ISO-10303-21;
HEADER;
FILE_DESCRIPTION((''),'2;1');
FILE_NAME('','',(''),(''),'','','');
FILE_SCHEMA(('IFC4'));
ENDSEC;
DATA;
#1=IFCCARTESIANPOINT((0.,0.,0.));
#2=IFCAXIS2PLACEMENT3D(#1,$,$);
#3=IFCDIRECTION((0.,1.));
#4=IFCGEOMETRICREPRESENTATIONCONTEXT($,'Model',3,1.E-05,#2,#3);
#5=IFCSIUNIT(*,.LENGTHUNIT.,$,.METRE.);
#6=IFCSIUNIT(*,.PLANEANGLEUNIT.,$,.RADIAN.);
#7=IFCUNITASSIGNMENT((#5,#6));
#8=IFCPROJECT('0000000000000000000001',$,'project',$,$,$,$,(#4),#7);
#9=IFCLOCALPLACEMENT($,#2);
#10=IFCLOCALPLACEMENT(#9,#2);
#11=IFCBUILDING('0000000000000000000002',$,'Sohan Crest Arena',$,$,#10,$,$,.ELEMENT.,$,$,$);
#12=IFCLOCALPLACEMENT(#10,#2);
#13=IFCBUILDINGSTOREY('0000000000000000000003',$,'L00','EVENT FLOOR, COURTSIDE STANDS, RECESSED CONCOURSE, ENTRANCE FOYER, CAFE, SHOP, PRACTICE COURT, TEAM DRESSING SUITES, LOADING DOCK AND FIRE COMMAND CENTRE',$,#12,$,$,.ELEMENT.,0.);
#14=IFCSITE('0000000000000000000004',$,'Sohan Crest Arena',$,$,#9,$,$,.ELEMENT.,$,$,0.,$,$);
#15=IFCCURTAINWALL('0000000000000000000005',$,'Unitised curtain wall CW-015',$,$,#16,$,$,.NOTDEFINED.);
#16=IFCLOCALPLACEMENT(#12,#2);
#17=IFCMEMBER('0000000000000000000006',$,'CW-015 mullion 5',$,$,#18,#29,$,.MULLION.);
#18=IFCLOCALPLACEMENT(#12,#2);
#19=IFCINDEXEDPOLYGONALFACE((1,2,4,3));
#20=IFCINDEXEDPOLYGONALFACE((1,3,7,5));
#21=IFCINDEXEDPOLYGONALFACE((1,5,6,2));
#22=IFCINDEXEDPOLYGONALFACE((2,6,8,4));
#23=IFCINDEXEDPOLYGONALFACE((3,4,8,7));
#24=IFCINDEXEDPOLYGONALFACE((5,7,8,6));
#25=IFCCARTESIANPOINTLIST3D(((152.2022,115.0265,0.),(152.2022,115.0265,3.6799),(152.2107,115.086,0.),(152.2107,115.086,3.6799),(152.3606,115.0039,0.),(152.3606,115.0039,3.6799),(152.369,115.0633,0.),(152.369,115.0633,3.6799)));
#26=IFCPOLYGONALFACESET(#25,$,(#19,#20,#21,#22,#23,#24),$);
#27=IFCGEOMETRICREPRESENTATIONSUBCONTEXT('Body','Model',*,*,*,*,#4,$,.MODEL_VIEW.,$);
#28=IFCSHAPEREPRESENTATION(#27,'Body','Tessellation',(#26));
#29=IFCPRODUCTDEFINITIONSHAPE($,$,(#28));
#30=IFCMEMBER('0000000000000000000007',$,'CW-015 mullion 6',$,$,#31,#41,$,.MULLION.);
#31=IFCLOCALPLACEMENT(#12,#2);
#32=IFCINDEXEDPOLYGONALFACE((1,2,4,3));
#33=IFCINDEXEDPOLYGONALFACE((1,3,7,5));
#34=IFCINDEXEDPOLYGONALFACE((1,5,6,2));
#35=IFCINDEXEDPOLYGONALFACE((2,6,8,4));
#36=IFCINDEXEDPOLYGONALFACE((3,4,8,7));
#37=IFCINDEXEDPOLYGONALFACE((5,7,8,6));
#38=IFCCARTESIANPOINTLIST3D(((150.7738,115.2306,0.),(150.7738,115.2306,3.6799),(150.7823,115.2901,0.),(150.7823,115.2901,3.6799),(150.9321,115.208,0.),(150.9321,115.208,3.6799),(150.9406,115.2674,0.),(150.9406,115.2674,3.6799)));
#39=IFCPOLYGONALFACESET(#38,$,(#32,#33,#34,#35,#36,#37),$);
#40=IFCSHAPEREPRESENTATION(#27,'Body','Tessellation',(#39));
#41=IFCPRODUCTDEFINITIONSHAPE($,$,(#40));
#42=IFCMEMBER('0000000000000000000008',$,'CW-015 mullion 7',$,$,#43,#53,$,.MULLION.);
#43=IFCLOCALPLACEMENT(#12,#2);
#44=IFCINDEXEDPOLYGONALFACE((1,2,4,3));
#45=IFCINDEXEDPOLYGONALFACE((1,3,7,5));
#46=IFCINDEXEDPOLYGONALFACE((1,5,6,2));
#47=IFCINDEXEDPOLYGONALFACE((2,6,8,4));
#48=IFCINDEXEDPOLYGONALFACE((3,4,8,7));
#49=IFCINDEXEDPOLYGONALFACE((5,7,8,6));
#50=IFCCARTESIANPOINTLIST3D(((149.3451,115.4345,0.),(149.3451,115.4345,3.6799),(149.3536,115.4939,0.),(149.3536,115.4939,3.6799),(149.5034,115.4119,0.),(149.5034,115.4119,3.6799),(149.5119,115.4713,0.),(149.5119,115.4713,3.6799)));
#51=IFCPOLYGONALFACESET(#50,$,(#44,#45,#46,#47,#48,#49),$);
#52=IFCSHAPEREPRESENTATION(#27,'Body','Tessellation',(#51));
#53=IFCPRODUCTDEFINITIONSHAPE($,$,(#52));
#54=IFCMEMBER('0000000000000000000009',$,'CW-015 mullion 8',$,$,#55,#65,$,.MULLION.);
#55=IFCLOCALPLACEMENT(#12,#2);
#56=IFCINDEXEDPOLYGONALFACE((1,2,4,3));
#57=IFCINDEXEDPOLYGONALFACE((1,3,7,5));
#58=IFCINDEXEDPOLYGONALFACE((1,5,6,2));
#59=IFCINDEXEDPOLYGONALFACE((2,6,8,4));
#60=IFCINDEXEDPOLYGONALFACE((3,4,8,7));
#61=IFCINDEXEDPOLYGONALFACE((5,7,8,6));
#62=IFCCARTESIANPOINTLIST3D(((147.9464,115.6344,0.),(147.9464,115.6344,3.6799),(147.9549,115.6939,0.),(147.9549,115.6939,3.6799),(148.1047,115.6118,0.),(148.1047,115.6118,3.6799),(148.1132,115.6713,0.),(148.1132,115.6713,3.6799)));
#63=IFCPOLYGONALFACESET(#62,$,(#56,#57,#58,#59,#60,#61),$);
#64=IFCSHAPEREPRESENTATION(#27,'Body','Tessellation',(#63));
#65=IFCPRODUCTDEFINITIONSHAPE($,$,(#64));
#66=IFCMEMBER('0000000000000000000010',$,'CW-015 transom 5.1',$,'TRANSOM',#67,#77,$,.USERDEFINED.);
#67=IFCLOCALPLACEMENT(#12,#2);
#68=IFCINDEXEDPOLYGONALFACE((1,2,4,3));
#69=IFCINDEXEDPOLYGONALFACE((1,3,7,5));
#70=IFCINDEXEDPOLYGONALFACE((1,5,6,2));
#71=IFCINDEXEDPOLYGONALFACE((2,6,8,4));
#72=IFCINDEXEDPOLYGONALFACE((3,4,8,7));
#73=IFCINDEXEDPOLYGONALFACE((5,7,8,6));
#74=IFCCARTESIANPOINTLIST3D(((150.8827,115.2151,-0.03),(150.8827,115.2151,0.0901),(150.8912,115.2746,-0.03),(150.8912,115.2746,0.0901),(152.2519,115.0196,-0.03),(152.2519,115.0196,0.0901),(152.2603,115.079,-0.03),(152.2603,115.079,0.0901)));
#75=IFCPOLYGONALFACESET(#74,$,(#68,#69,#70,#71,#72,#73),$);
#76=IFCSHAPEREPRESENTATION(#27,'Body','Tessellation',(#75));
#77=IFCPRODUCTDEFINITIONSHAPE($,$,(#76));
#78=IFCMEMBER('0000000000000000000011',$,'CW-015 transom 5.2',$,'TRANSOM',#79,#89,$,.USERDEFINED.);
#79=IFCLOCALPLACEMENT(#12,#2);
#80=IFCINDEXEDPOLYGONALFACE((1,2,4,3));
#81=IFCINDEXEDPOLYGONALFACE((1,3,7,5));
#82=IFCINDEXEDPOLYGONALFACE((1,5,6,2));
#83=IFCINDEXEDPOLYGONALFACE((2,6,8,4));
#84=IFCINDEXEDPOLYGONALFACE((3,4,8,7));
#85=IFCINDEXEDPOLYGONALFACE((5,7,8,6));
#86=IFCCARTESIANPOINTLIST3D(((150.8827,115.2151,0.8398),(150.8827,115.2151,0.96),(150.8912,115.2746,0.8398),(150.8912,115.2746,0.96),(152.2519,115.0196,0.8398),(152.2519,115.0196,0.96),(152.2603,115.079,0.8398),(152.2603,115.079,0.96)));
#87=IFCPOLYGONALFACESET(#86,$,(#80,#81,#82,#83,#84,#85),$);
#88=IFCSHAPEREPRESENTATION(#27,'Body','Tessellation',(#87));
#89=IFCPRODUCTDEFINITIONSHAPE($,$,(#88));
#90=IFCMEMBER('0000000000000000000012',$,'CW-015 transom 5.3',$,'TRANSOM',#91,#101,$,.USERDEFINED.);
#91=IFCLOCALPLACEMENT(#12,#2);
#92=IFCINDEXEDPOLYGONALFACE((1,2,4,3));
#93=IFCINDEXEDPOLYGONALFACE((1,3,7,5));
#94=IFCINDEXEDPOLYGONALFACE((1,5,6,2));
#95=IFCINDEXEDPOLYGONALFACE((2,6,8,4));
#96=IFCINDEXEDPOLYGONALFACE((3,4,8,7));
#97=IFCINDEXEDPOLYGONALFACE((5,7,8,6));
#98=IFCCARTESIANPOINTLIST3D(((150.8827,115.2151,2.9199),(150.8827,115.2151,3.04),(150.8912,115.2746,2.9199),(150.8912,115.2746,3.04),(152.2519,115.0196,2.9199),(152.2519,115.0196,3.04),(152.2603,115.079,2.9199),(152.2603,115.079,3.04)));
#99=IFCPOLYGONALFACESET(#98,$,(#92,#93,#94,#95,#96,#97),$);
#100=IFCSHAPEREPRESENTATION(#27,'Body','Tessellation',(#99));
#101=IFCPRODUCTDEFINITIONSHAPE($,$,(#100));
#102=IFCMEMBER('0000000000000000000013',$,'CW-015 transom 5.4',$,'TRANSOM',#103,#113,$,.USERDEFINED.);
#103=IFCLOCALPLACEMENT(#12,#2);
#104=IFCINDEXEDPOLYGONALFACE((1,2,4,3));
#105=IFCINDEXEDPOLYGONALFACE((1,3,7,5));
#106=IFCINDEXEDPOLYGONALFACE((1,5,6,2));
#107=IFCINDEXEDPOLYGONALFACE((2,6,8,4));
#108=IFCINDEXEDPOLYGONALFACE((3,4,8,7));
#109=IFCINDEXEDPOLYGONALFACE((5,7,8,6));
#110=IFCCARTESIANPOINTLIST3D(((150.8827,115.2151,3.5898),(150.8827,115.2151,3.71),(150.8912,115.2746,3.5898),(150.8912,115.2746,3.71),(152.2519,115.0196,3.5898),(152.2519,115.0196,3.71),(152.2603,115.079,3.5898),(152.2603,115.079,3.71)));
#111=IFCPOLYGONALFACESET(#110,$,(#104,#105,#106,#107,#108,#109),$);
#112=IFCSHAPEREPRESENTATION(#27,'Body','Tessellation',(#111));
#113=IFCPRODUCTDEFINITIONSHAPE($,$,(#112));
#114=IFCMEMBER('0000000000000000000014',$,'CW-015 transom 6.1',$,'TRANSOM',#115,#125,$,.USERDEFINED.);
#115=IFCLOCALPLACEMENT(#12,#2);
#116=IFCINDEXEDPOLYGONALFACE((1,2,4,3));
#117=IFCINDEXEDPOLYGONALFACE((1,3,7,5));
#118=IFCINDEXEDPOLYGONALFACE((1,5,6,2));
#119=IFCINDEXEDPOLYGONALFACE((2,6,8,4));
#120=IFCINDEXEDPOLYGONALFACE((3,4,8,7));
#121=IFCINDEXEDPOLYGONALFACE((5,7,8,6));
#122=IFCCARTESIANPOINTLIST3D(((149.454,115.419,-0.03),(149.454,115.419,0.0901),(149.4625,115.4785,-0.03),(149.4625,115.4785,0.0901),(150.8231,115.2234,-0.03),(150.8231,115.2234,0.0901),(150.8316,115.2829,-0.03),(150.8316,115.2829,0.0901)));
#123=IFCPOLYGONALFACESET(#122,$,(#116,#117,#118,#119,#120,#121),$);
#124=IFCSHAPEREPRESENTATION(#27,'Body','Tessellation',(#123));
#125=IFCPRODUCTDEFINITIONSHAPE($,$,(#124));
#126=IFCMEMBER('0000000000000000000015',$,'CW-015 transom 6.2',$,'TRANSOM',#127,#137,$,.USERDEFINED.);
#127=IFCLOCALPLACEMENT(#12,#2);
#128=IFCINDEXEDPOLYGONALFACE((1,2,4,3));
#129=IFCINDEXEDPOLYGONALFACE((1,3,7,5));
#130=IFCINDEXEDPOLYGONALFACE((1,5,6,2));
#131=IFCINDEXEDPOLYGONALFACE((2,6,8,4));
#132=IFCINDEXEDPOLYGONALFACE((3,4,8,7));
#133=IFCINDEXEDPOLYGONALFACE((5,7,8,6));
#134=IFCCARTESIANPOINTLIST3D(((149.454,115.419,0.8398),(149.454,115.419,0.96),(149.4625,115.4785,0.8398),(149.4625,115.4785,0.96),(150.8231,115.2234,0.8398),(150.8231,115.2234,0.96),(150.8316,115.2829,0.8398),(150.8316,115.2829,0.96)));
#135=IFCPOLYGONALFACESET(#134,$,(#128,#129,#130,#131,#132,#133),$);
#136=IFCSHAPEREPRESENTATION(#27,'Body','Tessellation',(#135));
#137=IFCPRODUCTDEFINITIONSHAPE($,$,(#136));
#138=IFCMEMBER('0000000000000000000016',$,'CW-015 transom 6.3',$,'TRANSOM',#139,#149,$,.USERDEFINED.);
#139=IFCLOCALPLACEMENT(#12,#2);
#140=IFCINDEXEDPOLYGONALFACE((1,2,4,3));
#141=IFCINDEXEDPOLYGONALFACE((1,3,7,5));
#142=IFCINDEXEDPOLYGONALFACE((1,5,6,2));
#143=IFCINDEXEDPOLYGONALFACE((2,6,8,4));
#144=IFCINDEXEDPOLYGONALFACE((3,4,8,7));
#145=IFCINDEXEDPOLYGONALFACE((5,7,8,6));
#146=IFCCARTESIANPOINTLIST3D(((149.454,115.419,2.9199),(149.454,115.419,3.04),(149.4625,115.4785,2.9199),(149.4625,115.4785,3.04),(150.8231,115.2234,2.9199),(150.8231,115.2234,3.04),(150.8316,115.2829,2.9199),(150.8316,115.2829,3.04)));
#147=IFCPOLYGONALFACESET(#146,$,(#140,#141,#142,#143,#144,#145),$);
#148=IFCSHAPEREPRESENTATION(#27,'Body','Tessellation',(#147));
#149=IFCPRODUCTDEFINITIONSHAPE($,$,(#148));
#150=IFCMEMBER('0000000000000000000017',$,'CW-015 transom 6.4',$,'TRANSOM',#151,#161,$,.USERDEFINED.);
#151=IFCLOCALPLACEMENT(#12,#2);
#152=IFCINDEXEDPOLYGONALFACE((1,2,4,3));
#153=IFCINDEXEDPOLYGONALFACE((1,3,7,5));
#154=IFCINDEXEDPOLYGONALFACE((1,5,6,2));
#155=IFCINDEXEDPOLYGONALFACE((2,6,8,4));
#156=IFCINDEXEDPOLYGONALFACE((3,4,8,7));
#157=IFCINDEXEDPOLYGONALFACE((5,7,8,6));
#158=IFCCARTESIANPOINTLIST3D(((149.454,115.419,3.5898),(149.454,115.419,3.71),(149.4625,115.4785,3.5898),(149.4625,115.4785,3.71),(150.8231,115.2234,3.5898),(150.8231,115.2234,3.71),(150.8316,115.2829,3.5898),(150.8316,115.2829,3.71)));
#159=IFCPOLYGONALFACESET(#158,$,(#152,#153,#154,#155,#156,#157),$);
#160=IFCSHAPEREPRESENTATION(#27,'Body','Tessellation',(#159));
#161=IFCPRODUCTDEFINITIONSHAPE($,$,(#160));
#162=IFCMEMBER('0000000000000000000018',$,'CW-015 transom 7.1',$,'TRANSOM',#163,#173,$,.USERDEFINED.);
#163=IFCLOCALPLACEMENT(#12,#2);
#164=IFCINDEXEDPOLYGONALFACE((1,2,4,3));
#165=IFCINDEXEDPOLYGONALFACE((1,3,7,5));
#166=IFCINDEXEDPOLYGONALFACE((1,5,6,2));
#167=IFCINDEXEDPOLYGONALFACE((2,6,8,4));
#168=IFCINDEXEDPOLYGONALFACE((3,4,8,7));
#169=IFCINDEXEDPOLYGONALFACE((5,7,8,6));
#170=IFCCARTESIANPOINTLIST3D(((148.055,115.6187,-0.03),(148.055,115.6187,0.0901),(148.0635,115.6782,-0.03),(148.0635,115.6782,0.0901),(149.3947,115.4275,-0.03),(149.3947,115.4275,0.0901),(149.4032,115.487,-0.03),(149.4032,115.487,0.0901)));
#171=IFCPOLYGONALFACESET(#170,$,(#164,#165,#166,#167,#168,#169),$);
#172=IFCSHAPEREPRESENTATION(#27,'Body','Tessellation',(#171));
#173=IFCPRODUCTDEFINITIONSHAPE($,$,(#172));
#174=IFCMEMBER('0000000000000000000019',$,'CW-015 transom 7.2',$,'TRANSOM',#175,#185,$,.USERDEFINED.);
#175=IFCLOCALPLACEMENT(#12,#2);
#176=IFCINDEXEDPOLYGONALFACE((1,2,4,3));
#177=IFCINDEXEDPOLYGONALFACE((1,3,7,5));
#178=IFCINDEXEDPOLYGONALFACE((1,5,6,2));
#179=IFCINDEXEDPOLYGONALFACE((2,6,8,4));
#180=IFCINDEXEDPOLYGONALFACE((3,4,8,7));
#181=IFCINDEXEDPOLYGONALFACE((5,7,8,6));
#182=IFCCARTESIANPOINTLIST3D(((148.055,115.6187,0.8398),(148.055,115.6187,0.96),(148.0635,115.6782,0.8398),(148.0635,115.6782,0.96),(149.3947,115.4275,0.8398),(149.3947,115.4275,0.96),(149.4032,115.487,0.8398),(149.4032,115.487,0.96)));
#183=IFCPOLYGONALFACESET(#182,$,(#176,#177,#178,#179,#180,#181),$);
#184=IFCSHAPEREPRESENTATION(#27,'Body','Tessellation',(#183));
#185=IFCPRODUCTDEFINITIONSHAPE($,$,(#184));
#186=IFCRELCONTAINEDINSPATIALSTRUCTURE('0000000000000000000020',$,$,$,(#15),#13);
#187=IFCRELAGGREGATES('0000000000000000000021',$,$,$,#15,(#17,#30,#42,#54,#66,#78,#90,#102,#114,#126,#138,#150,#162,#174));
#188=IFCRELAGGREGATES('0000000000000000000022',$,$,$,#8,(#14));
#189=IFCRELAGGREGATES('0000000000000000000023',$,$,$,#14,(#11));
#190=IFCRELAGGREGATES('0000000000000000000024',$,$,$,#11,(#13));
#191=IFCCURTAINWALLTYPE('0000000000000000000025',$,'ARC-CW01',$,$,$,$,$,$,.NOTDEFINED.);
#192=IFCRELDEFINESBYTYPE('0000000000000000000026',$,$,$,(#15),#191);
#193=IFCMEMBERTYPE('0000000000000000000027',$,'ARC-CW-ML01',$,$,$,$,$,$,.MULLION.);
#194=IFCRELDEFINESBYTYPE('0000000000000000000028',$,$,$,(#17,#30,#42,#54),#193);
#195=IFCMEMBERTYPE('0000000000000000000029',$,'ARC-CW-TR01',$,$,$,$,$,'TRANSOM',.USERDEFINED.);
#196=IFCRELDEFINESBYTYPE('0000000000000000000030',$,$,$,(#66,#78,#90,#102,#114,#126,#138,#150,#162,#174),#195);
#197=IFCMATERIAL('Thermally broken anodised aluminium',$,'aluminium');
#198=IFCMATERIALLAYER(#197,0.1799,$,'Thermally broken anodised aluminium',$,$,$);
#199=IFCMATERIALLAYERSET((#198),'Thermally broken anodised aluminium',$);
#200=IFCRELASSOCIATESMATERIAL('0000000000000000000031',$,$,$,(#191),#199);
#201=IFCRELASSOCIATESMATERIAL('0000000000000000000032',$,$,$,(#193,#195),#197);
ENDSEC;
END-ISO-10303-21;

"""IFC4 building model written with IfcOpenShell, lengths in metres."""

from ifc_helpers import new_model, si_unit, direction, frame, origin, origin_2d, place, context, subcontext, project, spatial, rectangle, extrude, material, layer, layer_set, material_profile, profile_set, type_object, element, aggregate, save


model = new_model("IFC4")

# Units and contexts
model_context = context("Model", 3, precision=1e-05, world=origin(), true_north=direction((0.0, 1.0)))
body_context = subcontext(model_context, "Body", "Model", "MODEL_VIEW")
ifc_project = project(units=[si_unit("LENGTHUNIT", "METRE"), si_unit("PLANEANGLEUNIT", "RADIAN")], contexts=[model_context])

# Site, building, storey
site_placement = place(None, origin())
site = spatial("IfcSite", under=ifc_project, at=site_placement, Name="Sohan Crest Arena", CompositionType="ELEMENT", RefElevation=0.0)
building_placement = place(site_placement, origin())
building = spatial("IfcBuilding", under=site, at=building_placement, Name="Sohan Crest Arena", CompositionType="ELEMENT")
storey_placement = place(building_placement, origin())
storey = spatial("IfcBuildingStorey", under=building, at=storey_placement, Name="L00", Description="EVENT FLOOR, COURTSIDE STANDS, RECESSED CONCOURSE, ENTRANCE FOYER, CAFE, SHOP, PRACTICE COURT, TEAM DRESSING SUITES, LOADING DOCK AND FIRE COMMAND CENTRE", CompositionType="ELEMENT", Elevation=0.0)

# Curtain wall, members
ifc_material_1 = material(Name="Thermally broken anodised aluminium", Category="aluminium")
ifc_layer_1 = layer(ifc_material_1, 0.1799, Name="Thermally broken anodised aluminium")
ifc_layer_set_1 = layer_set([ifc_layer_1], Name="Thermally broken anodised aluminium")
curtain_wall_type = type_object("IfcCurtainWallType", Name="ARC-CW01", PredefinedType="NOTDEFINED", material=ifc_layer_set_1)
curtain_wall_placement = place(storey_placement, origin())
curtain_wall = element("IfcCurtainWall", 1, at=curtain_wall_placement, inside=storey, type_object=curtain_wall_type, Name="Unitised curtain wall CW-015", PredefinedType="NOTDEFINED")
ifc_material_profile_1 = material_profile(ifc_material_1, rectangle(XDim=0.0601, YDim=0.1599, at=origin_2d()), Name="ALU-MULL 60x160")
ifc_profile_set_1 = profile_set([ifc_material_profile_1], Name="Thermally broken anodised aluminium")
member_type_1 = type_object("IfcMemberType", Name="ARC-CW-ML01", PredefinedType="MULLION", material=ifc_profile_set_1)
member_1_placement = place(storey_placement, frame((152.2856, 115.0449, 0.0), z_axis=(0.0, 0.0, 1.0), x_axis=(-0.141366, -0.989957, 0.0)))
member_1 = element("IfcMember", 2, at=member_1_placement, type_object=member_type_1, Name="CW-015 mullion 5", PredefinedType="MULLION", context=body_context, shape_type="SweptSolid", body=[
    extrude(rectangle(XDim=0.0601, YDim=0.1599, at=origin_2d()), origin(), (0.0, 0.0, 1.0), 3.6799),
])
member_2_placement = place(storey_placement, frame((150.8572, 115.249, 0.0), z_axis=(0.0, 0.0, 1.0), x_axis=(-0.141366, -0.989957, 0.0)))
member_2 = element("IfcMember", 3, at=member_2_placement, type_object=member_type_1, Name="CW-015 mullion 6", PredefinedType="MULLION", context=body_context, shape_type="SweptSolid", body=[
    extrude(rectangle(XDim=0.0601, YDim=0.1599, at=origin_2d()), origin(), (0.0, 0.0, 1.0), 3.6799),
])
member_3_placement = place(storey_placement, frame((149.4285, 115.4529, 0.0), z_axis=(0.0, 0.0, 1.0), x_axis=(-0.141366, -0.989957, 0.0)))
member_3 = element("IfcMember", 4, at=member_3_placement, type_object=member_type_1, Name="CW-015 mullion 7", PredefinedType="MULLION", context=body_context, shape_type="SweptSolid", body=[
    extrude(rectangle(XDim=0.0601, YDim=0.1599, at=origin_2d()), origin(), (0.0, 0.0, 1.0), 3.6799),
])
member_4_placement = place(storey_placement, frame((148.0298, 115.6528, 0.0), z_axis=(0.0, 0.0, 1.0), x_axis=(-0.141366, -0.989957, 0.0)))
member_4 = element("IfcMember", 5, at=member_4_placement, type_object=member_type_1, Name="CW-015 mullion 8", PredefinedType="MULLION", context=body_context, shape_type="SweptSolid", body=[
    extrude(rectangle(XDim=0.0601, YDim=0.1599, at=origin_2d()), origin(), (0.0, 0.0, 1.0), 3.6799),
])
ifc_material_profile_2 = material_profile(ifc_material_1, rectangle(XDim=0.0601, YDim=0.1201, at=origin_2d()), Name="ALU-TRAN 60x120")
ifc_profile_set_2 = profile_set([ifc_material_profile_2], Name="Thermally broken anodised aluminium")
member_type_2 = type_object("IfcMemberType", Name="ARC-CW-TR01", ElementType="TRANSOM", PredefinedType="USERDEFINED", material=ifc_profile_set_2)
member_5_placement = place(storey_placement, frame((152.2561, 115.0493, 0.03), z_axis=(-0.989953, 0.141397, 0.0), x_axis=(-0.141397, -0.989953, 0.0)))
member_5 = element("IfcMember", 6, at=member_5_placement, type_object=member_type_2, Name="CW-015 transom 5.1", ObjectType="TRANSOM", PredefinedType="USERDEFINED", context=body_context, shape_type="SweptSolid", body=[
    extrude(rectangle(XDim=0.0601, YDim=0.1201, at=origin_2d()), origin(), (0.0, 0.0, 1.0), 1.3831),
])
member_6_placement = place(storey_placement, frame((152.2561, 115.0493, 0.8999), z_axis=(-0.989953, 0.141397, 0.0), x_axis=(-0.141397, -0.989953, 0.0)))
member_6 = element("IfcMember", 7, at=member_6_placement, type_object=member_type_2, Name="CW-015 transom 5.2", ObjectType="TRANSOM", PredefinedType="USERDEFINED", context=body_context, shape_type="SweptSolid", body=[
    extrude(rectangle(XDim=0.0601, YDim=0.1201, at=origin_2d()), origin(), (0.0, 0.0, 1.0), 1.3831),
])
member_7_placement = place(storey_placement, frame((152.2561, 115.0493, 2.98), z_axis=(-0.989953, 0.141397, 0.0), x_axis=(-0.141397, -0.989953, 0.0)))
member_7 = element("IfcMember", 8, at=member_7_placement, type_object=member_type_2, Name="CW-015 transom 5.3", ObjectType="TRANSOM", PredefinedType="USERDEFINED", context=body_context, shape_type="SweptSolid", body=[
    extrude(rectangle(XDim=0.0601, YDim=0.1201, at=origin_2d()), origin(), (0.0, 0.0, 1.0), 1.3831),
])
member_8_placement = place(storey_placement, frame((152.2561, 115.0493, 3.6499), z_axis=(-0.989953, 0.141397, 0.0), x_axis=(-0.141397, -0.989953, 0.0)))
member_8 = element("IfcMember", 9, at=member_8_placement, type_object=member_type_2, Name="CW-015 transom 5.4", ObjectType="TRANSOM", PredefinedType="USERDEFINED", context=body_context, shape_type="SweptSolid", body=[
    extrude(rectangle(XDim=0.0601, YDim=0.1201, at=origin_2d()), origin(), (0.0, 0.0, 1.0), 1.3831),
])
member_9_placement = place(storey_placement, frame((150.8274, 115.2532, 0.03), z_axis=(-0.989953, 0.141397, 0.0), x_axis=(-0.141397, -0.989953, 0.0)))
member_9 = element("IfcMember", 10, at=member_9_placement, type_object=member_type_2, Name="CW-015 transom 6.1", ObjectType="TRANSOM", PredefinedType="USERDEFINED", context=body_context, shape_type="SweptSolid", body=[
    extrude(rectangle(XDim=0.0601, YDim=0.1201, at=origin_2d()), origin(), (0.0, 0.0, 1.0), 1.3831),
])
member_10_placement = place(storey_placement, frame((150.8274, 115.2532, 0.8999), z_axis=(-0.989953, 0.141397, 0.0), x_axis=(-0.141397, -0.989953, 0.0)))
member_10 = element("IfcMember", 11, at=member_10_placement, type_object=member_type_2, Name="CW-015 transom 6.2", ObjectType="TRANSOM", PredefinedType="USERDEFINED", context=body_context, shape_type="SweptSolid", body=[
    extrude(rectangle(XDim=0.0601, YDim=0.1201, at=origin_2d()), origin(), (0.0, 0.0, 1.0), 1.3831),
])
member_11_placement = place(storey_placement, frame((150.8274, 115.2532, 2.98), z_axis=(-0.989953, 0.141397, 0.0), x_axis=(-0.141397, -0.989953, 0.0)))
member_11 = element("IfcMember", 12, at=member_11_placement, type_object=member_type_2, Name="CW-015 transom 6.3", ObjectType="TRANSOM", PredefinedType="USERDEFINED", context=body_context, shape_type="SweptSolid", body=[
    extrude(rectangle(XDim=0.0601, YDim=0.1201, at=origin_2d()), origin(), (0.0, 0.0, 1.0), 1.3831),
])
member_12_placement = place(storey_placement, frame((150.8274, 115.2532, 3.6499), z_axis=(-0.989953, 0.141397, 0.0), x_axis=(-0.141397, -0.989953, 0.0)))
member_12 = element("IfcMember", 13, at=member_12_placement, type_object=member_type_2, Name="CW-015 transom 6.4", ObjectType="TRANSOM", PredefinedType="USERDEFINED", context=body_context, shape_type="SweptSolid", body=[
    extrude(rectangle(XDim=0.0601, YDim=0.1201, at=origin_2d()), origin(), (0.0, 0.0, 1.0), 1.3831),
])
member_13_placement = place(storey_placement, frame((149.3989, 115.4573, 0.03), z_axis=(-0.989971, 0.14127, 0.0), x_axis=(-0.14127, -0.989971, 0.0)))
member_13 = element("IfcMember", 14, at=member_13_placement, type_object=member_type_2, Name="CW-015 transom 7.1", ObjectType="TRANSOM", PredefinedType="USERDEFINED", context=body_context, shape_type="SweptSolid", body=[
    extrude(rectangle(XDim=0.0601, YDim=0.1201, at=origin_2d()), origin(), (0.0, 0.0, 1.0), 1.3533),
])
member_14_placement = place(storey_placement, frame((149.3989, 115.4573, 0.8999), z_axis=(-0.989971, 0.14127, 0.0), x_axis=(-0.14127, -0.989971, 0.0)))
member_14 = element("IfcMember", 15, at=member_14_placement, type_object=member_type_2, Name="CW-015 transom 7.2", ObjectType="TRANSOM", PredefinedType="USERDEFINED", context=body_context, shape_type="SweptSolid", body=[
    extrude(rectangle(XDim=0.0601, YDim=0.1201, at=origin_2d()), origin(), (0.0, 0.0, 1.0), 1.3533),
])

aggregate(curtain_wall, [member_1, member_2, member_3, member_4, member_5, member_6, member_7, member_8, member_9, member_10, member_11, member_12, member_13, member_14])

save(model, "model.ifc")
